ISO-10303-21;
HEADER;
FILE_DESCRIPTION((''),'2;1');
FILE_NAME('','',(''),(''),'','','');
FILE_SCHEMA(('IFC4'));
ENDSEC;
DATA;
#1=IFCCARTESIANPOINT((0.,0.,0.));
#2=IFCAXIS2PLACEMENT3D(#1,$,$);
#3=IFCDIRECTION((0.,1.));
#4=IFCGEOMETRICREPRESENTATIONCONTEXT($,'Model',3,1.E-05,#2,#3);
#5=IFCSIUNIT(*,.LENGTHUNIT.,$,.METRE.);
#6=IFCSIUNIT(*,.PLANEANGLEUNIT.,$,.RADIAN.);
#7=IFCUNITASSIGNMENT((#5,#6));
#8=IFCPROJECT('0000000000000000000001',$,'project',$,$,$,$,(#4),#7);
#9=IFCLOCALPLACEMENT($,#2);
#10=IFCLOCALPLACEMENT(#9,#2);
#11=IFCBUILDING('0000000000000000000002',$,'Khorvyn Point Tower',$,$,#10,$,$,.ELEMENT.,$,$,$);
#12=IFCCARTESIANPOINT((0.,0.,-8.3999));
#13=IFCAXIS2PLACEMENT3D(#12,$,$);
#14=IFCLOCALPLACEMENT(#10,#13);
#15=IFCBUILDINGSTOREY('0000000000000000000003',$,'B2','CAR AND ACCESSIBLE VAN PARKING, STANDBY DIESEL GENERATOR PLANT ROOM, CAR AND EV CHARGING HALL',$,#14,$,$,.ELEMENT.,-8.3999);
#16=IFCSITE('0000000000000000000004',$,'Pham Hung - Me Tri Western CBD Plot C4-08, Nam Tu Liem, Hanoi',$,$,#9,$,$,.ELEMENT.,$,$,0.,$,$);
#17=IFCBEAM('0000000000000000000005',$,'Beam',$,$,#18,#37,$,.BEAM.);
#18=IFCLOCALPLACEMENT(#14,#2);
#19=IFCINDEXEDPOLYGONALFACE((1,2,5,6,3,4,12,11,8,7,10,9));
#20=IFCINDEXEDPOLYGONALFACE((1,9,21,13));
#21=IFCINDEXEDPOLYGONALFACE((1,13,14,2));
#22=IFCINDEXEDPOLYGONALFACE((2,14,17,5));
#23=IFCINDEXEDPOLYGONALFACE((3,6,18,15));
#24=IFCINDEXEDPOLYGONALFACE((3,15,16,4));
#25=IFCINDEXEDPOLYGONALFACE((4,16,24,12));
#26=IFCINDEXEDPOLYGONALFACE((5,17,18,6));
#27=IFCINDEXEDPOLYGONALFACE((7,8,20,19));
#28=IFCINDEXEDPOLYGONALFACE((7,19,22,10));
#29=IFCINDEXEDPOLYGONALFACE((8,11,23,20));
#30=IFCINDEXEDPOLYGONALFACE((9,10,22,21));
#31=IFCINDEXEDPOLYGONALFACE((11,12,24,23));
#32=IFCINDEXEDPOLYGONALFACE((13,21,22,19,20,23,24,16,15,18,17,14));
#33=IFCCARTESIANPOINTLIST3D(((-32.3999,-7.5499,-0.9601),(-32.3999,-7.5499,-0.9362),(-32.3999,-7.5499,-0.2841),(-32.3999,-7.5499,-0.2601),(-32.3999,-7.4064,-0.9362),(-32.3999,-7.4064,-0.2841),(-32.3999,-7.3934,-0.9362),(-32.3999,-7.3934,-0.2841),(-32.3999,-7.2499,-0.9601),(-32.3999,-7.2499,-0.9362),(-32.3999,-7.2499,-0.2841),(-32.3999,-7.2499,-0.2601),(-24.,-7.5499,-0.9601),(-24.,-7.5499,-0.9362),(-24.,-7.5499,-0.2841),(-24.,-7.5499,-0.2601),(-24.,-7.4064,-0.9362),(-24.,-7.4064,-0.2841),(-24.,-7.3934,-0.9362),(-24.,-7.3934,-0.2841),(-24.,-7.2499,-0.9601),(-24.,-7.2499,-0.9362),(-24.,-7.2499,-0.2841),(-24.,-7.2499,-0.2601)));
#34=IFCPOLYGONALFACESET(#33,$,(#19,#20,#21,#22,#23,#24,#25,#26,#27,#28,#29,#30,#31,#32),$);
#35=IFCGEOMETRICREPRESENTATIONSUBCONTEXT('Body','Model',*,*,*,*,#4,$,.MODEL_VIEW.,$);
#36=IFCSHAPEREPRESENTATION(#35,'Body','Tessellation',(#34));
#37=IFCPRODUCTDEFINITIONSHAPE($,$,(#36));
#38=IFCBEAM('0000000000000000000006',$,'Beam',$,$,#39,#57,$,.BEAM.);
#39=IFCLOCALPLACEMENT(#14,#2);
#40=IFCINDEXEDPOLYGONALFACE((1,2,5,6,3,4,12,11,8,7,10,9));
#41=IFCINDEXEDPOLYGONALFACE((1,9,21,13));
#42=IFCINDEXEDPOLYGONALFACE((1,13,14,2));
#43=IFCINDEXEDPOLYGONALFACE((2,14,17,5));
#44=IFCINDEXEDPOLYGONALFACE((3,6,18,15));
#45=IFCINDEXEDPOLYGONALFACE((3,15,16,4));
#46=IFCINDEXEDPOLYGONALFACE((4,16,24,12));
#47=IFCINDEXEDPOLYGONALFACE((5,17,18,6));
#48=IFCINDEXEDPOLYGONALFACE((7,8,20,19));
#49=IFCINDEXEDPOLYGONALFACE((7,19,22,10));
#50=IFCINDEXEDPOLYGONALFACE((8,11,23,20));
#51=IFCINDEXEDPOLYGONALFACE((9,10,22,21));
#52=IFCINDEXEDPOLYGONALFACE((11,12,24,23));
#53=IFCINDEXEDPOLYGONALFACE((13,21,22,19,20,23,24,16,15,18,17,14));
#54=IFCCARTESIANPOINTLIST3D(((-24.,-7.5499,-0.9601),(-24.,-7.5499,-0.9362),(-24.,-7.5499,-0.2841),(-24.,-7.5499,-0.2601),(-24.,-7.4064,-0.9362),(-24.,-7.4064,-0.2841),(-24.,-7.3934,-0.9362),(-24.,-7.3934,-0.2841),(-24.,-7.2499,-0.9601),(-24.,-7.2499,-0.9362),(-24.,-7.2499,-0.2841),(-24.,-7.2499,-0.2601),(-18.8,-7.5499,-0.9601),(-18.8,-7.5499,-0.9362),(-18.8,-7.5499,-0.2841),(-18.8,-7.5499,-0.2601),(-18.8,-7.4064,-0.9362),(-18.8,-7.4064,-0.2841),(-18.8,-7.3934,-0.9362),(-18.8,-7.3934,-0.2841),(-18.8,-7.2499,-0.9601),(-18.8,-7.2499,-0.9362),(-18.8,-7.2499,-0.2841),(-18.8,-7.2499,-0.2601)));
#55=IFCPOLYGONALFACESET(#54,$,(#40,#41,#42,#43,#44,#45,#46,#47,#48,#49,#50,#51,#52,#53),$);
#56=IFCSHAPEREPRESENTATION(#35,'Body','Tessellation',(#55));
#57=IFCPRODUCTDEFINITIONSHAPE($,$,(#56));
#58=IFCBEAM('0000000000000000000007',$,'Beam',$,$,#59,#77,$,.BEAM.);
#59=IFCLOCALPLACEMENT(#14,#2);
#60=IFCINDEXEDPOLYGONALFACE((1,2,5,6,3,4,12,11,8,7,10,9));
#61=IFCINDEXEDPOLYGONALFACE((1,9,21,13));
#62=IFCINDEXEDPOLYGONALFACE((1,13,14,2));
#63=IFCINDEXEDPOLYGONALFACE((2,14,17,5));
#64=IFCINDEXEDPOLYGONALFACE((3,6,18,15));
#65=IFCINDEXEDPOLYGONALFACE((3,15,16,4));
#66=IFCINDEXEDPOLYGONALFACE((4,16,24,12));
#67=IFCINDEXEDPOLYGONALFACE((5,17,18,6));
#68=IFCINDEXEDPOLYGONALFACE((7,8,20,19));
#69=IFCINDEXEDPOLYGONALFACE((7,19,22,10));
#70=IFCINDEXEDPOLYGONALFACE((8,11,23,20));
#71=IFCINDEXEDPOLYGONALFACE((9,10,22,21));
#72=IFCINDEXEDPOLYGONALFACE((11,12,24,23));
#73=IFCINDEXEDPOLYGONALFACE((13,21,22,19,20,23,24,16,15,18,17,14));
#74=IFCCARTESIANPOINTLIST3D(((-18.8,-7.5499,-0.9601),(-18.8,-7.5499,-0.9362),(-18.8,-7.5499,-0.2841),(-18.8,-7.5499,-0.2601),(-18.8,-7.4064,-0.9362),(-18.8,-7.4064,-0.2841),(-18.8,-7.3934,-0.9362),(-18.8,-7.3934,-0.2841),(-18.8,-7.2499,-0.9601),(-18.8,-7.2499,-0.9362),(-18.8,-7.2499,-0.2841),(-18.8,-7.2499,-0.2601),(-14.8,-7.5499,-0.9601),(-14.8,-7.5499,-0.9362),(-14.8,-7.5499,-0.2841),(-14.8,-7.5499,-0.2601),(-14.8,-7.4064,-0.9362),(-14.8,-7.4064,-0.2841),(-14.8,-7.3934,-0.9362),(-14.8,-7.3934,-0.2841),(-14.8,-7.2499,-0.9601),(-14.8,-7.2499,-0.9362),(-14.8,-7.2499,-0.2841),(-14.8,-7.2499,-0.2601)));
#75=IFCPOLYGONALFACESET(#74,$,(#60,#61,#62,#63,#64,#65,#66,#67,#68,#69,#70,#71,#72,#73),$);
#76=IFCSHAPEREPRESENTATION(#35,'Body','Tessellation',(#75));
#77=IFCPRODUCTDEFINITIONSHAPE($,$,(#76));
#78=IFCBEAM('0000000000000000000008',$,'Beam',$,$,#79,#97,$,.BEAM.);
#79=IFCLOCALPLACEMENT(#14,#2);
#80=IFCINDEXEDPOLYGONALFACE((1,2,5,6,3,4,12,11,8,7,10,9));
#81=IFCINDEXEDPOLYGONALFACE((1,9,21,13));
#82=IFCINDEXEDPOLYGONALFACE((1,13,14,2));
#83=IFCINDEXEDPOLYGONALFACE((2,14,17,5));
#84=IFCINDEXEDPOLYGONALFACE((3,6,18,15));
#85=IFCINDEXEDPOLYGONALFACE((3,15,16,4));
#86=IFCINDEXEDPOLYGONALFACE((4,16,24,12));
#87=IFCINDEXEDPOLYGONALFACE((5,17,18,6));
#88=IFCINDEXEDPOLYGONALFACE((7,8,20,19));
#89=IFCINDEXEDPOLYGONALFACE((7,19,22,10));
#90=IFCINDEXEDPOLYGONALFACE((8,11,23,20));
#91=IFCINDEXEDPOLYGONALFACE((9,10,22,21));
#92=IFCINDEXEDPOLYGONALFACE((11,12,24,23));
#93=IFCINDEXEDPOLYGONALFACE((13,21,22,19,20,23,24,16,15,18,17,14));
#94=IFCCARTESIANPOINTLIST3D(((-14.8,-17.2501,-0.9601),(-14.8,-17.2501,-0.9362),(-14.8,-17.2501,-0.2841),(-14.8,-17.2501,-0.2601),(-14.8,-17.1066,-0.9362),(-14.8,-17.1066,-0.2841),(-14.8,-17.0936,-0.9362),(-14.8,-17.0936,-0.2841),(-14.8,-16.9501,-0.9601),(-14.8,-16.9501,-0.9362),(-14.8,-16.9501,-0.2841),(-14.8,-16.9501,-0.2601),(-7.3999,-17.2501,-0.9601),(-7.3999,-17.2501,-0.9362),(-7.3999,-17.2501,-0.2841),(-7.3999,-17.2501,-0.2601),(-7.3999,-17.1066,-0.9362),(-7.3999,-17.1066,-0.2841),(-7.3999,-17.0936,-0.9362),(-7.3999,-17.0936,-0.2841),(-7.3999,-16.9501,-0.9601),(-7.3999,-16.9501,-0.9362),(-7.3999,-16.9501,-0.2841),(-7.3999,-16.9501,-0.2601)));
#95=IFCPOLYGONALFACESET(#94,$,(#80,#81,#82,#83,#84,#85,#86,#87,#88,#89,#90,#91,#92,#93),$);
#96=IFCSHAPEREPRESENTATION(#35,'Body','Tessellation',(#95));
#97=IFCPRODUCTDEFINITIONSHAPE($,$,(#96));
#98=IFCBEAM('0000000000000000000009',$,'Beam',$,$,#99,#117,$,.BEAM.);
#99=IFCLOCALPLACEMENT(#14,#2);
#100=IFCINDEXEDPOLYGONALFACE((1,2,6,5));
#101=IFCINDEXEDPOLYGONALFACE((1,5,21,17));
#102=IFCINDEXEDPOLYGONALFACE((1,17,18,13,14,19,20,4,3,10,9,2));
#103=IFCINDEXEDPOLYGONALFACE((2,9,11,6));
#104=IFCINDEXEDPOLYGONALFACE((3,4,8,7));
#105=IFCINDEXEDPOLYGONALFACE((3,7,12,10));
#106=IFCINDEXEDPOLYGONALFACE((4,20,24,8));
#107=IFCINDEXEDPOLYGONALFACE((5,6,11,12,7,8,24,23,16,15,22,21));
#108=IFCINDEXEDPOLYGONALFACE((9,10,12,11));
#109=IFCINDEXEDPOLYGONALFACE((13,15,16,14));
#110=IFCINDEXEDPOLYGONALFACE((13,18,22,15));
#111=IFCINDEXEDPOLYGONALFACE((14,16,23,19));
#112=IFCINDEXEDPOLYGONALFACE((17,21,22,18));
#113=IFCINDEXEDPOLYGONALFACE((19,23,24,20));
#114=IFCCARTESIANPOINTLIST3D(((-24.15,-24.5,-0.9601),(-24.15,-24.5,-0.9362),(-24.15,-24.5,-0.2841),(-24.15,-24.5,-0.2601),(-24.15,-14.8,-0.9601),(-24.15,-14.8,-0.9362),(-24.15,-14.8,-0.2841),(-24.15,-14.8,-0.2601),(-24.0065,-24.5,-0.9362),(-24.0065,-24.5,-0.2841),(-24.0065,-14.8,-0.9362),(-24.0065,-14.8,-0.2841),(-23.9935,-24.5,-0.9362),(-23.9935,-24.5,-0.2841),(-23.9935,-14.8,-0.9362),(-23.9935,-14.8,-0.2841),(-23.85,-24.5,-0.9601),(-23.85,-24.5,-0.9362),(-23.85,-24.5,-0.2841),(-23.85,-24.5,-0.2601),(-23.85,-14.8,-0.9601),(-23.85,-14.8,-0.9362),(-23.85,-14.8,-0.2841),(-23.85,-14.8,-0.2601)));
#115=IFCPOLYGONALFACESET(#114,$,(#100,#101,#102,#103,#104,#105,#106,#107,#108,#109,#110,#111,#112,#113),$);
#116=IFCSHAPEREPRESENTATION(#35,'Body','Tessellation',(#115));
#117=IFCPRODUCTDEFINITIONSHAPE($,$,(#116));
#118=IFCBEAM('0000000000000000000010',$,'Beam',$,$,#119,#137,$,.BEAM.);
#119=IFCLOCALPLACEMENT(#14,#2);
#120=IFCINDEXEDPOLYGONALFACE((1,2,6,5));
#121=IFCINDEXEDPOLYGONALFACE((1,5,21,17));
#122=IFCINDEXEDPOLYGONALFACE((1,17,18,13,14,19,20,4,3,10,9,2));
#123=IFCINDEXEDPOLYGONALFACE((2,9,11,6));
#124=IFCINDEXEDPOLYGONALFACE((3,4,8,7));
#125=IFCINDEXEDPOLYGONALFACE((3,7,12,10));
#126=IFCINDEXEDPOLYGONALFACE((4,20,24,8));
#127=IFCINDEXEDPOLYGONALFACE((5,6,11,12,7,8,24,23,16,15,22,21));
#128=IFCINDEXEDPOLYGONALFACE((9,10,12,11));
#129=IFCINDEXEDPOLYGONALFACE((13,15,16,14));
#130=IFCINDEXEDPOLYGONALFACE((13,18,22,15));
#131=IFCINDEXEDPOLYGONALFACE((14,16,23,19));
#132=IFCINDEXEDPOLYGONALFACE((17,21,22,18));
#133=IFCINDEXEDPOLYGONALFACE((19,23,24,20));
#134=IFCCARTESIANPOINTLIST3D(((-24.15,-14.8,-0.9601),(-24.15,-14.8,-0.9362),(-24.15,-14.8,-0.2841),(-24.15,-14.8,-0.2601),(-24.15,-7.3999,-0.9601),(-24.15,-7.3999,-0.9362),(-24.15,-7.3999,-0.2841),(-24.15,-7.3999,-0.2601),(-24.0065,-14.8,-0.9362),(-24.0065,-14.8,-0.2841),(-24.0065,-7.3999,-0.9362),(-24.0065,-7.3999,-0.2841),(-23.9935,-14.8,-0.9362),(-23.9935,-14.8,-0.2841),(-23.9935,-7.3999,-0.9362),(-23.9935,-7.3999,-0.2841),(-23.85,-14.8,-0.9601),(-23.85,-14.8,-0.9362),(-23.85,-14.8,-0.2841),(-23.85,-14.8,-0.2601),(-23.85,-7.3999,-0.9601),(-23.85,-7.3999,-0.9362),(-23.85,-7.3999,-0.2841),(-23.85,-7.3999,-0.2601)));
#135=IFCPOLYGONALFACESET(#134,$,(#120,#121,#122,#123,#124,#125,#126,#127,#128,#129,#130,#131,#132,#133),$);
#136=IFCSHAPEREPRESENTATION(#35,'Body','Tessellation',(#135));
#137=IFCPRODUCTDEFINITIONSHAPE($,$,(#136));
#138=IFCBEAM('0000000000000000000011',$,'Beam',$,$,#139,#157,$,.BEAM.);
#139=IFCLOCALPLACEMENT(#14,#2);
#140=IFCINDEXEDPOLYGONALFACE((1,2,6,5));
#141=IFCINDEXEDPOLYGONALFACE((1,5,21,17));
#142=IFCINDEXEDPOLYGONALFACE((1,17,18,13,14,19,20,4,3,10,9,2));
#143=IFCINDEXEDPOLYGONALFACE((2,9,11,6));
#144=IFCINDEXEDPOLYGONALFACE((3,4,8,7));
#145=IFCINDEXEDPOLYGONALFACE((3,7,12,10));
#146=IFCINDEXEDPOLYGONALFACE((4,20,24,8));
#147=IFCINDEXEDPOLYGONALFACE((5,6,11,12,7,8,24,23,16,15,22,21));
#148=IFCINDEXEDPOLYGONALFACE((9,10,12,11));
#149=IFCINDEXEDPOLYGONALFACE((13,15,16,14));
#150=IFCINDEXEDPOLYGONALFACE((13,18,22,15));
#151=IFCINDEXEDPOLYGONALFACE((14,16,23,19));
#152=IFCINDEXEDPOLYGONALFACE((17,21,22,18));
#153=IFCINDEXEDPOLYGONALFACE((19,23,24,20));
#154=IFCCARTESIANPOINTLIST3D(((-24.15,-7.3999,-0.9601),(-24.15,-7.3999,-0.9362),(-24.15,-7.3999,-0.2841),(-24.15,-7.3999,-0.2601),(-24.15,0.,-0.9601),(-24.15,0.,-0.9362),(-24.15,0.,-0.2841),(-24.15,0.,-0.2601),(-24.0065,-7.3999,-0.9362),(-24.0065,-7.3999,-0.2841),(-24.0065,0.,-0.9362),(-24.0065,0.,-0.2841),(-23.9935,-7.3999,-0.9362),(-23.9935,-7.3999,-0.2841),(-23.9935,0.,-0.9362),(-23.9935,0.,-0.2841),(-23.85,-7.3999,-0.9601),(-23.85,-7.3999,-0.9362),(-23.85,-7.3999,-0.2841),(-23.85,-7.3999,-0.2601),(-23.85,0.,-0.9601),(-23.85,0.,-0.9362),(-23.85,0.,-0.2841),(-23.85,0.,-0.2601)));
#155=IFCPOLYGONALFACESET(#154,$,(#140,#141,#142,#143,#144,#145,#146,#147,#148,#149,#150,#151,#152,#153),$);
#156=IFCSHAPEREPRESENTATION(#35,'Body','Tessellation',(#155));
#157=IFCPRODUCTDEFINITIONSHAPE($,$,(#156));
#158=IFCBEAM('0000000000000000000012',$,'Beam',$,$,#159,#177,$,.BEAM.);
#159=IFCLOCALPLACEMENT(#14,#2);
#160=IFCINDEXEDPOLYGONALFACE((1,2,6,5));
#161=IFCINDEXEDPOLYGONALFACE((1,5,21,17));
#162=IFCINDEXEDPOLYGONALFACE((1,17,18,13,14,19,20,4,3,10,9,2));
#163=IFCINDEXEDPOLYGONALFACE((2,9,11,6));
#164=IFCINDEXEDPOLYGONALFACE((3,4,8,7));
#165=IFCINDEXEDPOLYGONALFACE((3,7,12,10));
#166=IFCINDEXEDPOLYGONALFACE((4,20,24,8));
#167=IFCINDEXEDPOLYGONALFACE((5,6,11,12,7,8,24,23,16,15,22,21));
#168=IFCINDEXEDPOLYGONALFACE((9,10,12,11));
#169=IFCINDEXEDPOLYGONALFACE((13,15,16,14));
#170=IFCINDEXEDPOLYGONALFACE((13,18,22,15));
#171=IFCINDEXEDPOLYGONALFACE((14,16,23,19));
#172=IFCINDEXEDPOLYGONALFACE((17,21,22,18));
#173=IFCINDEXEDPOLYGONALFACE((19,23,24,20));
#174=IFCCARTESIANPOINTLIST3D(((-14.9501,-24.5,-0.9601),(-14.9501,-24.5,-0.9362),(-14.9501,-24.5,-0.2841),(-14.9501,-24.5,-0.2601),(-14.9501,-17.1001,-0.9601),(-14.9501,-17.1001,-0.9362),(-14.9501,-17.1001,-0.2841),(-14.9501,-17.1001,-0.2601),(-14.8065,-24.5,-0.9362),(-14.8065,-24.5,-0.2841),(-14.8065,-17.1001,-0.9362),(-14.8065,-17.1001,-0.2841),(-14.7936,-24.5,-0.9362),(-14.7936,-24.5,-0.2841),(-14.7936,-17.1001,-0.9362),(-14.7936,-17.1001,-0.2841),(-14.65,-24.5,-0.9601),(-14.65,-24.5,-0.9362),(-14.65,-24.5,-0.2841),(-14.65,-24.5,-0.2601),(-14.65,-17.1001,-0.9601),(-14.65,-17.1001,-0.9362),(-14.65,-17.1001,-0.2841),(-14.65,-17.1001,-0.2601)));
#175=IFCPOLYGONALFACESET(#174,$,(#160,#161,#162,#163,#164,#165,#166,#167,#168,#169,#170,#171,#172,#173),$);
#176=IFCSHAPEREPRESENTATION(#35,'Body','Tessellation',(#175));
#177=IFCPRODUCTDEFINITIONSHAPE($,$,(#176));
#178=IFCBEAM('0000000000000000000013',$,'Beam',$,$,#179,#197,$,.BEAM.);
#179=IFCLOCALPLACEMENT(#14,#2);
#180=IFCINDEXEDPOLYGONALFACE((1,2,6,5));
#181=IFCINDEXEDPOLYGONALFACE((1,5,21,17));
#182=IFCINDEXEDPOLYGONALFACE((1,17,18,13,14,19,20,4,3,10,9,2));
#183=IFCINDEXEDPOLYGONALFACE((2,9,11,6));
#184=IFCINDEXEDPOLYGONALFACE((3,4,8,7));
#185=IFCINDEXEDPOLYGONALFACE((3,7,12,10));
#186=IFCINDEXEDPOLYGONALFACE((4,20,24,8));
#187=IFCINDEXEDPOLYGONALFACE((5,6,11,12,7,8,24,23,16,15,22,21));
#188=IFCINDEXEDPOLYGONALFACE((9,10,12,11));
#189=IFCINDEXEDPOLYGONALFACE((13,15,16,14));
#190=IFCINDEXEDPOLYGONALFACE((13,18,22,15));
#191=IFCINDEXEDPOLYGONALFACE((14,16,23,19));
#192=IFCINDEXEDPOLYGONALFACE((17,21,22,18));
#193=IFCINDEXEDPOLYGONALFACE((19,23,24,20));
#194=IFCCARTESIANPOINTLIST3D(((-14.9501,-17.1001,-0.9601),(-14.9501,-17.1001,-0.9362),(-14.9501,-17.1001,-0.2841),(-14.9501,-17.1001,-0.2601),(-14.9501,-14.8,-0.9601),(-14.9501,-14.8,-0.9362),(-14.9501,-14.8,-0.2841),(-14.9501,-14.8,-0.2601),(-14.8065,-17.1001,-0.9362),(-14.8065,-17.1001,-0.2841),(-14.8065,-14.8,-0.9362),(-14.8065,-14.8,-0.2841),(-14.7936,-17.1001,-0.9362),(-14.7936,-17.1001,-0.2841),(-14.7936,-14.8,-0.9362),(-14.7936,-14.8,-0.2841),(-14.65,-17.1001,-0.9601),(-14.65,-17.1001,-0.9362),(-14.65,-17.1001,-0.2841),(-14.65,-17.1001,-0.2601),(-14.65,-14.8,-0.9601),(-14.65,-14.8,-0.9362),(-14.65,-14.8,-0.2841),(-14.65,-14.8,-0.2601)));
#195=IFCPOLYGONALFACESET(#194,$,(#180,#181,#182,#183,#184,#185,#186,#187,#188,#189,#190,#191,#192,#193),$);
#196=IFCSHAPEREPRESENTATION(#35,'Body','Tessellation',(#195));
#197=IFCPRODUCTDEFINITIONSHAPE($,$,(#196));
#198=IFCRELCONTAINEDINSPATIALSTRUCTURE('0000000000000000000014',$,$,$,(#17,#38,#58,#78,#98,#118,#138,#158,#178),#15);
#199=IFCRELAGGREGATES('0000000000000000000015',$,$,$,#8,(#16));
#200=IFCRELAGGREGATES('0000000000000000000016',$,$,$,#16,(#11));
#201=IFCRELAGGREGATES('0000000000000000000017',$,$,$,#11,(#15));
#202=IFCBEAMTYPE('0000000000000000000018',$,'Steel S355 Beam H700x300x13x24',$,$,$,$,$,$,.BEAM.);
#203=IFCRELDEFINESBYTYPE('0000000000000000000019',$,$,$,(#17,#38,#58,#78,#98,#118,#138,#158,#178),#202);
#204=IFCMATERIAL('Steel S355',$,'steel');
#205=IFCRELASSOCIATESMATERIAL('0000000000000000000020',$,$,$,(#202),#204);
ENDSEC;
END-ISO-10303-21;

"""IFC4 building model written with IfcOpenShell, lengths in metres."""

from ifc_helpers import new_model, si_unit, direction, frame, origin, origin_2d, place, context, subcontext, project, spatial, i_section, extrude, material, material_profile, profile_set, type_object, element, save


model = new_model("IFC4")

# Units and contexts
model_context = context("Model", 3, precision=1e-05, world=origin(), true_north=direction((0.0, 1.0)))
body_context = subcontext(model_context, "Body", "Model", "MODEL_VIEW")
ifc_project = project(units=[si_unit("LENGTHUNIT", "METRE"), si_unit("PLANEANGLEUNIT", "RADIAN")], contexts=[model_context])

# Site, building, storey
site_placement = place(None, origin())
site = spatial("IfcSite", under=ifc_project, at=site_placement, Name="Pham Hung - Me Tri Western CBD Plot C4-08, Nam Tu Liem, Hanoi", CompositionType="ELEMENT", RefElevation=0.0)
building_placement = place(site_placement, origin())
building = spatial("IfcBuilding", under=site, at=building_placement, Name="Khorvyn Point Tower", CompositionType="ELEMENT")
storey_placement = place(building_placement, frame((0.0, 0.0, -8.3999)))
storey = spatial("IfcBuildingStorey", under=building, at=storey_placement, Name="B2", Description="CAR AND ACCESSIBLE VAN PARKING, STANDBY DIESEL GENERATOR PLANT ROOM, CAR AND EV CHARGING HALL", CompositionType="ELEMENT", Elevation=-8.3999)

# Beams
ifc_material_1 = material(Name="Steel S355", Category="steel")
ifc_material_profile_1 = material_profile(ifc_material_1, i_section(OverallWidth=0.3, OverallDepth=0.7, WebThickness=0.0129, FlangeThickness=0.0239, at=origin_2d()))
ifc_profile_set_1 = profile_set([ifc_material_profile_1], Name="Steel S355 H700x300x13x24")
beam_type_1 = type_object("IfcBeamType", Name="Steel S355 Beam H700x300x13x24", PredefinedType="BEAM", material=ifc_profile_set_1)
beam_1_placement = place(storey_placement, frame((-32.3999, -7.3999, -0.6101), z_axis=(1.0, 0.0, 0.0), x_axis=(0.0, 1.0, 0.0)))
element("IfcBeam", 1, at=beam_1_placement, inside=storey, type_object=beam_type_1, Name="Beam", PredefinedType="BEAM", context=body_context, shape_type="SweptSolid", body=[
    extrude(i_section(OverallWidth=0.3, OverallDepth=0.7, WebThickness=0.0129, FlangeThickness=0.0239, at=origin_2d()), origin(), (0.0, 0.0, 1.0), 8.3999),
])
beam_2_placement = place(storey_placement, frame((-24.0, -7.3999, -0.6101), z_axis=(1.0, 0.0, 0.0), x_axis=(0.0, 1.0, 0.0)))
element("IfcBeam", 2, at=beam_2_placement, inside=storey, type_object=beam_type_1, Name="Beam", PredefinedType="BEAM", context=body_context, shape_type="SweptSolid", body=[
    extrude(i_section(OverallWidth=0.3, OverallDepth=0.7, WebThickness=0.0129, FlangeThickness=0.0239, at=origin_2d()), origin(), (0.0, 0.0, 1.0), 5.2),
])
beam_3_placement = place(storey_placement, frame((-18.8, -7.3999, -0.6101), z_axis=(1.0, 0.0, 0.0), x_axis=(0.0, 1.0, 0.0)))
element("IfcBeam", 3, at=beam_3_placement, inside=storey, type_object=beam_type_1, Name="Beam", PredefinedType="BEAM", context=body_context, shape_type="SweptSolid", body=[
    extrude(i_section(OverallWidth=0.3, OverallDepth=0.7, WebThickness=0.0129, FlangeThickness=0.0239, at=origin_2d()), origin(), (0.0, 0.0, 1.0), 4.0),
])
beam_4_placement = place(storey_placement, frame((-14.8, -17.1001, -0.6101), z_axis=(1.0, 0.0, 0.0), x_axis=(0.0, 1.0, 0.0)))
element("IfcBeam", 4, at=beam_4_placement, inside=storey, type_object=beam_type_1, Name="Beam", PredefinedType="BEAM", context=body_context, shape_type="SweptSolid", body=[
    extrude(i_section(OverallWidth=0.3, OverallDepth=0.7, WebThickness=0.0129, FlangeThickness=0.0239, at=origin_2d()), origin(), (0.0, 0.0, 1.0), 7.4001),
])
beam_5_placement = place(storey_placement, frame((-24.0, -24.5, -0.6101), z_axis=(0.0, 1.0, 0.0), x_axis=(-1.0, 0.0, 0.0)))
element("IfcBeam", 5, at=beam_5_placement, inside=storey, type_object=beam_type_1, Name="Beam", PredefinedType="BEAM", context=body_context, shape_type="SweptSolid", body=[
    extrude(i_section(OverallWidth=0.3, OverallDepth=0.7, WebThickness=0.0129, FlangeThickness=0.0239, at=origin_2d()), origin(), (0.0, 0.0, 1.0), 9.7),
])
beam_6_placement = place(storey_placement, frame((-24.0, -14.8, -0.6101), z_axis=(0.0, 1.0, 0.0), x_axis=(-1.0, 0.0, 0.0)))
element("IfcBeam", 6, at=beam_6_placement, inside=storey, type_object=beam_type_1, Name="Beam", PredefinedType="BEAM", context=body_context, shape_type="SweptSolid", body=[
    extrude(i_section(OverallWidth=0.3, OverallDepth=0.7, WebThickness=0.0129, FlangeThickness=0.0239, at=origin_2d()), origin(), (0.0, 0.0, 1.0), 7.4001),
])
for number, where, z_axis, x_axis, name in (
    (7, (-24.0, -7.3999, -0.6101), (0.0, 1.0, 0.0), (-1.0, 0.0, 0.0), "Beam"),
    (8, (-14.8, -24.5, -0.6101), (0.0, 1.0, 0.0), (-1.0, 0.0, 0.0), "Beam"),
):
    element("IfcBeam", number, at=place(storey_placement, frame(where, z_axis=z_axis, x_axis=x_axis)), inside=storey, type_object=beam_type_1, Name=name, PredefinedType="BEAM", context=body_context, shape_type="SweptSolid", body=[
        extrude(i_section(OverallWidth=0.3, OverallDepth=0.7, WebThickness=0.0129, FlangeThickness=0.0239, at=origin_2d()), origin(), (0.0, 0.0, 1.0), 7.3999),
    ])
beam_7_placement = place(storey_placement, frame((-14.8, -17.1001, -0.6101), z_axis=(0.0, 1.0, 0.0), x_axis=(-1.0, 0.0, 0.0)))
element("IfcBeam", 9, at=beam_7_placement, inside=storey, type_object=beam_type_1, Name="Beam", PredefinedType="BEAM", context=body_context, shape_type="SweptSolid", body=[
    extrude(i_section(OverallWidth=0.3, OverallDepth=0.7, WebThickness=0.0129, FlangeThickness=0.0239, at=origin_2d()), origin(), (0.0, 0.0, 1.0), 2.3),
])

save(model, "model.ifc")
